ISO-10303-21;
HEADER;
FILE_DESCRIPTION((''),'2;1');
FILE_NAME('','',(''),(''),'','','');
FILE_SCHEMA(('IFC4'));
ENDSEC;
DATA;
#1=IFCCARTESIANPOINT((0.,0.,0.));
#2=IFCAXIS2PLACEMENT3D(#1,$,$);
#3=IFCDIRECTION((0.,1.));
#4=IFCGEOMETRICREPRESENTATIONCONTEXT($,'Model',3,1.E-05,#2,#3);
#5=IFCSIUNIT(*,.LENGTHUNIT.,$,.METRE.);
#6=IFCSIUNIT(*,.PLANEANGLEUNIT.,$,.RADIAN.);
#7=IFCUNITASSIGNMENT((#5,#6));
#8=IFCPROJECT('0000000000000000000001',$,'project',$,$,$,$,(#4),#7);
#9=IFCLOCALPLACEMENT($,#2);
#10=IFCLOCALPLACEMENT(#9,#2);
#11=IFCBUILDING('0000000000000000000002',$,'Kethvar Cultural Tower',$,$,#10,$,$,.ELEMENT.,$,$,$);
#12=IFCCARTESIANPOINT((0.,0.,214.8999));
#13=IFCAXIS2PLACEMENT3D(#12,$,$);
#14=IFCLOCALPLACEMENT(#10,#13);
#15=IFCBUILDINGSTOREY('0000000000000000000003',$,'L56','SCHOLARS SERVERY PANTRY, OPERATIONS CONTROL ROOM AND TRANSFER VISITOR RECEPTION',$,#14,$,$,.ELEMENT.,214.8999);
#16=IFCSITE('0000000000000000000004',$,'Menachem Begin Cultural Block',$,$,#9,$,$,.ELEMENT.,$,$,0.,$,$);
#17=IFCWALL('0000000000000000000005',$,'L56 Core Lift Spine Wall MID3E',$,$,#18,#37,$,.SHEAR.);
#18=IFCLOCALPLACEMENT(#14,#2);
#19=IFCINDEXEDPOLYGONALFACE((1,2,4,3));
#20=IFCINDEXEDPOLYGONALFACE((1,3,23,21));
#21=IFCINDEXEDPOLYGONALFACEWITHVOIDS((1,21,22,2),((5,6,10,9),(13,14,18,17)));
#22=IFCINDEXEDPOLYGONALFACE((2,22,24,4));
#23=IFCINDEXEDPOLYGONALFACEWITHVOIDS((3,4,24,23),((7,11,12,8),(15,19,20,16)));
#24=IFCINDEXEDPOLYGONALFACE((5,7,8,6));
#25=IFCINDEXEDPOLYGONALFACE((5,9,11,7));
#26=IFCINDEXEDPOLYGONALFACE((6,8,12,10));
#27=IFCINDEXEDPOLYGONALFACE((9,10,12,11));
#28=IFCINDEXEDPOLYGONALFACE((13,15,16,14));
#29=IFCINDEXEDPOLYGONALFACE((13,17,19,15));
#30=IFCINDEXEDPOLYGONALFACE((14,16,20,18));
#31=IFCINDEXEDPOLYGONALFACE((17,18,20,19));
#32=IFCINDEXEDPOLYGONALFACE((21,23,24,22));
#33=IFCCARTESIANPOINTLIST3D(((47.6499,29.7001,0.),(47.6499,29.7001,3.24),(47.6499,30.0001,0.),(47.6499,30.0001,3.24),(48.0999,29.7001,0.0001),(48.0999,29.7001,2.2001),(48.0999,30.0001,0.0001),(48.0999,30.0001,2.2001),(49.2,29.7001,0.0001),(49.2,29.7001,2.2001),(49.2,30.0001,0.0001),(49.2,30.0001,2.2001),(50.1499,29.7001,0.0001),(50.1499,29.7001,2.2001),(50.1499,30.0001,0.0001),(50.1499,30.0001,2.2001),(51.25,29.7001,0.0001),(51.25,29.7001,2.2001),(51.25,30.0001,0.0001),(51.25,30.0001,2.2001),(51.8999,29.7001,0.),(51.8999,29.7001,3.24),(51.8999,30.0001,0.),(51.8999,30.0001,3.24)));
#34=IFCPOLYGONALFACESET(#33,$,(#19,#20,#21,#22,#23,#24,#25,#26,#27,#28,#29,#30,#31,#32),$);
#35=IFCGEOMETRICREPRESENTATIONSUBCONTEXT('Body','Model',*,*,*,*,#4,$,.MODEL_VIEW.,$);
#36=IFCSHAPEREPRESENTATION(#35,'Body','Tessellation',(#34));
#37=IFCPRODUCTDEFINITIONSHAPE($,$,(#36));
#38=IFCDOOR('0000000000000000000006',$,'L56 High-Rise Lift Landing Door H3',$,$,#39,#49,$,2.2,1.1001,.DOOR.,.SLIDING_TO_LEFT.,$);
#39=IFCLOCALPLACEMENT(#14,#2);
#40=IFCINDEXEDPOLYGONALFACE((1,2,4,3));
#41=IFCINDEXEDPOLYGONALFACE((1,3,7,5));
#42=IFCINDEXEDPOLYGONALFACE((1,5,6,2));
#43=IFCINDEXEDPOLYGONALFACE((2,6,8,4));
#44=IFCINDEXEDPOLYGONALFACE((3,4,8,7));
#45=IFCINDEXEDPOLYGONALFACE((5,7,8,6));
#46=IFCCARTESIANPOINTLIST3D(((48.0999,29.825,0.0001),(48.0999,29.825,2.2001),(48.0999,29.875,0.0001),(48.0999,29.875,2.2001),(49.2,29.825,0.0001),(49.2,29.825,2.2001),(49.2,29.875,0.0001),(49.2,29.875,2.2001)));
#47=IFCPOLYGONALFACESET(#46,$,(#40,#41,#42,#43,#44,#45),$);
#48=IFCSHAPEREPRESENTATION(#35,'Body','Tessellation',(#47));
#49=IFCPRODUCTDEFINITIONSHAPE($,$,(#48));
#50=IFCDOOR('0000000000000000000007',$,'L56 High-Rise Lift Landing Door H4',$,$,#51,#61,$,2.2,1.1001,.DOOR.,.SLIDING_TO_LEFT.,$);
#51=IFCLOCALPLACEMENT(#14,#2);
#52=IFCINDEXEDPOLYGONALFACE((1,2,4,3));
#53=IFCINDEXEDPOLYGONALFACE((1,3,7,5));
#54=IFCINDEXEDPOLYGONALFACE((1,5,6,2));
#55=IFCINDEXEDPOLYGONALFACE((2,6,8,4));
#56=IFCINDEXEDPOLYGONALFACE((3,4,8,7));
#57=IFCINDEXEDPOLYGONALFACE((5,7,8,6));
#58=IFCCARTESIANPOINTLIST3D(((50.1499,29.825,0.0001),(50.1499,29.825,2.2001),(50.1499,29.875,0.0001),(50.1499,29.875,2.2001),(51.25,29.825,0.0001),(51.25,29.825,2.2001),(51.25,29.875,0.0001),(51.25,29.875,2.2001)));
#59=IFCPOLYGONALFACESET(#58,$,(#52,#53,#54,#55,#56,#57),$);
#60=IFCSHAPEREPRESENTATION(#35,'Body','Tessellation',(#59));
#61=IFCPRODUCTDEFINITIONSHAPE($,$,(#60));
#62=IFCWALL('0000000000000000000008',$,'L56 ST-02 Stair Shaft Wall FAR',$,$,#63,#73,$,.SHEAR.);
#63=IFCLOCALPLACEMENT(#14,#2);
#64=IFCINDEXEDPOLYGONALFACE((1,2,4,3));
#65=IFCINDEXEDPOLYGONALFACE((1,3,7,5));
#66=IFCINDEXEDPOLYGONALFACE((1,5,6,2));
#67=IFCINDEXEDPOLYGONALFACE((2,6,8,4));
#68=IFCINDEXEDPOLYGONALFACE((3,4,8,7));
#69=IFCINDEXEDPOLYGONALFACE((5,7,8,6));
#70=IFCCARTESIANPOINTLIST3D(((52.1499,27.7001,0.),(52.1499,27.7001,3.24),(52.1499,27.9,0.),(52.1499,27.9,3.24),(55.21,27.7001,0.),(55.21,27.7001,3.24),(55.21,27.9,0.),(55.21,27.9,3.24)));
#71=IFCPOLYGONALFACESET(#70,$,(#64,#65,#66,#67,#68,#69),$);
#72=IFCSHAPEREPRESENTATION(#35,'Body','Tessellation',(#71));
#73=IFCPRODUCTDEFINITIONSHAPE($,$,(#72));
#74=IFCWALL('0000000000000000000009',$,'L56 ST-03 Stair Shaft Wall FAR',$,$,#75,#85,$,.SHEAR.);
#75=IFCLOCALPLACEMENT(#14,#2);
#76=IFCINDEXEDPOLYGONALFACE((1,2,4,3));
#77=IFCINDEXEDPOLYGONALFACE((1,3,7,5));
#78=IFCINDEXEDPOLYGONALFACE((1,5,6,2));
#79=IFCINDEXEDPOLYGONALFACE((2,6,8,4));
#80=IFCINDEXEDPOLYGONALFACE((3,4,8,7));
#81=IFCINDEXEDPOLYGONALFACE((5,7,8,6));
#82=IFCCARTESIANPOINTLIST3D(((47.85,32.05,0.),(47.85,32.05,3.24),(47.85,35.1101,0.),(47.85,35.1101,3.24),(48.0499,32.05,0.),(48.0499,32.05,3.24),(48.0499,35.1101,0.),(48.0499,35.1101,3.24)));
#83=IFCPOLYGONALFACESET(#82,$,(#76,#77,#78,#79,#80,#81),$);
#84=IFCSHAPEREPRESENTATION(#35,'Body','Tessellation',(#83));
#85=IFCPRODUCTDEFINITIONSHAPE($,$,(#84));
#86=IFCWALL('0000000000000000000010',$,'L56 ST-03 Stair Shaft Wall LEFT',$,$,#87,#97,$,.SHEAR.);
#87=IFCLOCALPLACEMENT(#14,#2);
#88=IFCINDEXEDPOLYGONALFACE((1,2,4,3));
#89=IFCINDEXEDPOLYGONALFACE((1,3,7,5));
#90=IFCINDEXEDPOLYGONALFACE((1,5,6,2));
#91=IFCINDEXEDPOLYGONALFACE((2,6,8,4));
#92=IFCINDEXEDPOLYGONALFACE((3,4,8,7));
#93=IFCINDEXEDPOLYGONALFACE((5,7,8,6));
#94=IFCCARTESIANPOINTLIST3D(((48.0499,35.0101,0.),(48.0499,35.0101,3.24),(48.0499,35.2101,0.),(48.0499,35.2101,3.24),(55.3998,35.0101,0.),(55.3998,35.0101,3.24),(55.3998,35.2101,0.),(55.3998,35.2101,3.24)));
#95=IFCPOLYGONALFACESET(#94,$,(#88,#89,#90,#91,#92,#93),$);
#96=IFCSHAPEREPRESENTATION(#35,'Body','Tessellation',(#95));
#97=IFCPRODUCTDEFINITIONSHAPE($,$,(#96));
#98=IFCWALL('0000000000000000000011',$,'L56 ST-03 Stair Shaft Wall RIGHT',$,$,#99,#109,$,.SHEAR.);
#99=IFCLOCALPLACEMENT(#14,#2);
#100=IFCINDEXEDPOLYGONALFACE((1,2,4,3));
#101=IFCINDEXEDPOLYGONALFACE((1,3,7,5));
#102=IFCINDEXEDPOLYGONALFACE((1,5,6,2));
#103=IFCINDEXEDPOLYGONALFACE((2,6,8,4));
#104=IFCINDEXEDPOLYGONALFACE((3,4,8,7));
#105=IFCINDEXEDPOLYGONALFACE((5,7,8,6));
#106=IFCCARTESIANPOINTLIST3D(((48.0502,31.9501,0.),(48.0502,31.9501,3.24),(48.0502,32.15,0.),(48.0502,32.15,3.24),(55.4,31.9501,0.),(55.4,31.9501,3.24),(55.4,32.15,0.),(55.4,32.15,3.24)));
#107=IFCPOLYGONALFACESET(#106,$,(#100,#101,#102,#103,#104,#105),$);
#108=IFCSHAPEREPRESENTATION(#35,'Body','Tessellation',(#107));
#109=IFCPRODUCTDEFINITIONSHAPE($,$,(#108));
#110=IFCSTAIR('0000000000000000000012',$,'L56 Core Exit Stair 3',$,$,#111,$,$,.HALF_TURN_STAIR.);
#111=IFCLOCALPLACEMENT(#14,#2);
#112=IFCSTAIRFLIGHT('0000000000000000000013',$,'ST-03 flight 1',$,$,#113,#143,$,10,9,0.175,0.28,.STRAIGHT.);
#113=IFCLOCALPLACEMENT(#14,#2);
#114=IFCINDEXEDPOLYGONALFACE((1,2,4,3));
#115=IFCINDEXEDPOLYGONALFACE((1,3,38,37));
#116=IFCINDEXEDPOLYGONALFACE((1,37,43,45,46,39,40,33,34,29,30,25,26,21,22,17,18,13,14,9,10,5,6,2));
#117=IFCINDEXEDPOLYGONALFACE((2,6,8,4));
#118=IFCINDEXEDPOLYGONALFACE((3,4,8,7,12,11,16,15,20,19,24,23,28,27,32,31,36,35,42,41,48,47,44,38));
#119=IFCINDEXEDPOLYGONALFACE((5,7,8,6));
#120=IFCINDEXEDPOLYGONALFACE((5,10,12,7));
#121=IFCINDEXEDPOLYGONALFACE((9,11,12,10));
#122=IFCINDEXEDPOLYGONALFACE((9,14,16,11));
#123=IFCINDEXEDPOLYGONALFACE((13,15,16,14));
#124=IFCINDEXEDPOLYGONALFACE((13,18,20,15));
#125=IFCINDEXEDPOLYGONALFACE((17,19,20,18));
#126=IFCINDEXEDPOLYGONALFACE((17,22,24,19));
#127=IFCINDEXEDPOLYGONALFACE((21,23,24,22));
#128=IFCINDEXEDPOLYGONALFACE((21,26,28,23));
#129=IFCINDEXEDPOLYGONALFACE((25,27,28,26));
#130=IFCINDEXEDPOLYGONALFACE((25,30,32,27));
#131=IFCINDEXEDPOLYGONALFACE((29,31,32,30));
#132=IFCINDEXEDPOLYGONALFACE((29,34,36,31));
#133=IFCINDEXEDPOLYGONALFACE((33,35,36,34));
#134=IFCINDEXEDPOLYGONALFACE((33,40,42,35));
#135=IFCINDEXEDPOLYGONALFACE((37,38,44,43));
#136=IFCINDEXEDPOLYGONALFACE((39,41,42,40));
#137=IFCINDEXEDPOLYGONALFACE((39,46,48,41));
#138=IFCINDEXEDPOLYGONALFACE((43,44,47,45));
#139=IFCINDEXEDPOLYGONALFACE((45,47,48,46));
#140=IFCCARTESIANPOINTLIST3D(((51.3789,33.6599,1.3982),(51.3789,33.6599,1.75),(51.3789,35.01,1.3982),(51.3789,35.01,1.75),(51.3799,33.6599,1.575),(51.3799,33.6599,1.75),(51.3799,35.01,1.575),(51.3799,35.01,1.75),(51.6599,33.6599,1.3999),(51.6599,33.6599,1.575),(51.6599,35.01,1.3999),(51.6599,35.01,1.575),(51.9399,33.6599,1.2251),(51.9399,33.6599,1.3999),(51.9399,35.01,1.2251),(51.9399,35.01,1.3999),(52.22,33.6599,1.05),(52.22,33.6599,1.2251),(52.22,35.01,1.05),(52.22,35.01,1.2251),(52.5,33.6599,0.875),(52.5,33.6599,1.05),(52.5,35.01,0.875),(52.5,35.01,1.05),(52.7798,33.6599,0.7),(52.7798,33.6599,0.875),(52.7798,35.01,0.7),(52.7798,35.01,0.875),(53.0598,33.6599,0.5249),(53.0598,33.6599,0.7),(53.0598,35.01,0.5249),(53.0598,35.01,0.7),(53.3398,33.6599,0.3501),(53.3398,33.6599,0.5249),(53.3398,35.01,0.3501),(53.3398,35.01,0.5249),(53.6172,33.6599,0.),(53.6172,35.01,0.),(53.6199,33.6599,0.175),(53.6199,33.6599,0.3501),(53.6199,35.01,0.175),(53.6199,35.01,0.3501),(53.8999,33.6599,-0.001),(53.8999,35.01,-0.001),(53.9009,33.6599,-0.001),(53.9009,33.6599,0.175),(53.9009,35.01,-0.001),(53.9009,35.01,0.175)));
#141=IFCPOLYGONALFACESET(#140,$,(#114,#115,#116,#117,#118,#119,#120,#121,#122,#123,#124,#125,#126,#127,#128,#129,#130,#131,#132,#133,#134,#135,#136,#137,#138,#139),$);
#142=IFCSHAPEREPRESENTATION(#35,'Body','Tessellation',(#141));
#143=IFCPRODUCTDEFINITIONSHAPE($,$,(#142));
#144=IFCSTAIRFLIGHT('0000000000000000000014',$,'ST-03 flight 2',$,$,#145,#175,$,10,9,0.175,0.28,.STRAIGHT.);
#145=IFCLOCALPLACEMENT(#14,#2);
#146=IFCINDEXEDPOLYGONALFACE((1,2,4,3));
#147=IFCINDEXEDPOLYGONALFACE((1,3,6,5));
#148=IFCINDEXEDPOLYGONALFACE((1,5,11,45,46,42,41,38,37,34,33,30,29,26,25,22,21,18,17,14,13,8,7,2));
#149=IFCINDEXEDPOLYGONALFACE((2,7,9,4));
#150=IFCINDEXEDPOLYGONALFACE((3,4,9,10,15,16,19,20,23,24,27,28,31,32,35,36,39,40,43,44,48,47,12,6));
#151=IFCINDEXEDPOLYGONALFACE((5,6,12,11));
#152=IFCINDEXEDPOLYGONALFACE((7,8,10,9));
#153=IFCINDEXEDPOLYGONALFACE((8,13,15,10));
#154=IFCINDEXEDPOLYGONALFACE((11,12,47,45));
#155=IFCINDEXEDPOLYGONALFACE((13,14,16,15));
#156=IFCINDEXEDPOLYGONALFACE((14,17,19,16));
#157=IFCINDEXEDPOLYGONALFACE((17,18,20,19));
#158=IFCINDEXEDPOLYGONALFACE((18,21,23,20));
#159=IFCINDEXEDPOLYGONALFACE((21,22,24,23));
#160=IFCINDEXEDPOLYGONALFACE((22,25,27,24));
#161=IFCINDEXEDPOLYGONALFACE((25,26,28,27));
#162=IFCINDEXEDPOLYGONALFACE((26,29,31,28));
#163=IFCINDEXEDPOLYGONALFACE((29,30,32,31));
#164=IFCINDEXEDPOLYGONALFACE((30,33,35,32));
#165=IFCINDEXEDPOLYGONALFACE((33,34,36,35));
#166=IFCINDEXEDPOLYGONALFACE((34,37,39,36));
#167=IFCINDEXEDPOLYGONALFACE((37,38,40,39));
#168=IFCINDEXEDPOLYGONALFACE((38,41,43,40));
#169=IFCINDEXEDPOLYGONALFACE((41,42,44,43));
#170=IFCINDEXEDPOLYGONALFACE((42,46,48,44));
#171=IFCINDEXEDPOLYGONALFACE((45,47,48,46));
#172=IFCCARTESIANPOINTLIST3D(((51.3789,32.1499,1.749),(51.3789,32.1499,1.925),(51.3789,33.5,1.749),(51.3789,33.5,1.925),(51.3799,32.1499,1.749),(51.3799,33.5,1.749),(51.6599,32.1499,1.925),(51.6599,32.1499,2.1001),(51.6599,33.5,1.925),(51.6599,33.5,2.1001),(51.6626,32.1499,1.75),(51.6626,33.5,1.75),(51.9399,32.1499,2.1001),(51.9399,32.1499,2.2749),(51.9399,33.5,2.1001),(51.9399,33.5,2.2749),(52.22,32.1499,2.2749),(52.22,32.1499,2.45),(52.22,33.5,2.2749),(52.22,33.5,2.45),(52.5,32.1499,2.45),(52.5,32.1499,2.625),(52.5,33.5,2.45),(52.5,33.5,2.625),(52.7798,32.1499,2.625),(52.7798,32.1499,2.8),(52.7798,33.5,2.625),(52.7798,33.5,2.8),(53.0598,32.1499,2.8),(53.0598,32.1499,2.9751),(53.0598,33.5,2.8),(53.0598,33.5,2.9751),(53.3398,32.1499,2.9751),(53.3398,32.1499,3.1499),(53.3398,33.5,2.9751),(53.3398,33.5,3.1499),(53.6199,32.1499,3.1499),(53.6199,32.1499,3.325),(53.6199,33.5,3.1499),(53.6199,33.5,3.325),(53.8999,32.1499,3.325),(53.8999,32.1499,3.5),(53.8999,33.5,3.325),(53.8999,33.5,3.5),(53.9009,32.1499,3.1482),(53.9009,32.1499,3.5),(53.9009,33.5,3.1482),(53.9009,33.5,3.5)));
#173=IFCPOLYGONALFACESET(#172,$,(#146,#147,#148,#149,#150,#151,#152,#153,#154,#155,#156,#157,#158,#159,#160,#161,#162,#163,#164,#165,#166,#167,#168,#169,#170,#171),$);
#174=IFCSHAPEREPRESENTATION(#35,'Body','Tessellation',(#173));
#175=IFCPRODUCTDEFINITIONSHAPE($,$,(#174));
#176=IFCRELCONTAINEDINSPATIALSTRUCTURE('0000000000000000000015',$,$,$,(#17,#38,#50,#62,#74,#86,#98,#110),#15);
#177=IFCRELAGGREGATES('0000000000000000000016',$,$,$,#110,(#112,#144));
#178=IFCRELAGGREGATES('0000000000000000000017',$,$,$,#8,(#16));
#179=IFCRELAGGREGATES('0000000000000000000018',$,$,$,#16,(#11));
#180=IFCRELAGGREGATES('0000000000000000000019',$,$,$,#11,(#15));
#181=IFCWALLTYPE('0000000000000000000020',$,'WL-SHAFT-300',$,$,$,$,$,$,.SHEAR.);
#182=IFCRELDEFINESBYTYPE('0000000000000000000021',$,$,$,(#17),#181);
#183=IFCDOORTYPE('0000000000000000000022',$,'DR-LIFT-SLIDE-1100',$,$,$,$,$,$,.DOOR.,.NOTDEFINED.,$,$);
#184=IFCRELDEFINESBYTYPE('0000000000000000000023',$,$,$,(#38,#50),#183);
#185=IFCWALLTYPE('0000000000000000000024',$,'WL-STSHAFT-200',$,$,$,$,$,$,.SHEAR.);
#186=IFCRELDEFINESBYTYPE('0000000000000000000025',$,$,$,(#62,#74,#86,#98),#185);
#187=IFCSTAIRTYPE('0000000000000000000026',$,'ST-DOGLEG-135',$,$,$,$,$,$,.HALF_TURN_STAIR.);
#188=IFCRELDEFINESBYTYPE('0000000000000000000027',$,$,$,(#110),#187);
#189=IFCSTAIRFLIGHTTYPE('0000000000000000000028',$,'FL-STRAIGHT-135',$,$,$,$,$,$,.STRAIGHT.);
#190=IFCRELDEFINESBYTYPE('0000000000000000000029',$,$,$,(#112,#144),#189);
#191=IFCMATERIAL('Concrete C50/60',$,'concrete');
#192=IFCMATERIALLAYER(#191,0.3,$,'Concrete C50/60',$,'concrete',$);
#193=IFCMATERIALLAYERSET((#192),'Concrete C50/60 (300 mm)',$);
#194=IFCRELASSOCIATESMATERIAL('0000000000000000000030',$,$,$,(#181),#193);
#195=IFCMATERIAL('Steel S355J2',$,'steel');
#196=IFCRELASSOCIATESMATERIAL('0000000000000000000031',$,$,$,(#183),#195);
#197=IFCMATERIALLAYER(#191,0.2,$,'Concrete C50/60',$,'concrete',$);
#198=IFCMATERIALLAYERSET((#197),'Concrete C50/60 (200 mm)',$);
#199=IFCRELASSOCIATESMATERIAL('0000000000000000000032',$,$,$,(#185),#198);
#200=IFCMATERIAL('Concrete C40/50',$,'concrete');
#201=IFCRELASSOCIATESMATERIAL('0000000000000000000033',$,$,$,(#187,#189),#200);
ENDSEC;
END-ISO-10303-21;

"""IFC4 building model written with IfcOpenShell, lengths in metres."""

from ifc_helpers import new_model, si_unit, direction, frame, frame_2d, origin, place, context, subcontext, project, spatial, polyline, rectangle, outline, extrude, source, transform, mapped, material, layer, layer_set, type_object, element, fill, aggregate, save


model = new_model("IFC4")

# Units and contexts
model_context = context("Model", 3, precision=1e-05, world=origin(), true_north=direction((0.0, 1.0)))
body_context = subcontext(model_context, "Body", "Model", "MODEL_VIEW")
ifc_project = project(units=[si_unit("LENGTHUNIT", "METRE"), si_unit("PLANEANGLEUNIT", "RADIAN")], contexts=[model_context])

# Site, building, storey
site_placement = place(None, origin())
site = spatial("IfcSite", under=ifc_project, at=site_placement, Name="Menachem Begin Cultural Block", CompositionType="ELEMENT", RefElevation=0.0)
building_placement = place(site_placement, origin())
building = spatial("IfcBuilding", under=site, at=building_placement, Name="Kethvar Cultural Tower", CompositionType="ELEMENT")
storey_placement = place(building_placement, frame((0.0, 0.0, 214.8999)))
storey = spatial("IfcBuildingStorey", under=building, at=storey_placement, Name="L56", Description="SCHOLARS SERVERY PANTRY, OPERATIONS CONTROL ROOM AND TRANSFER VISITOR RECEPTION", CompositionType="ELEMENT", Elevation=214.8999)

# Shared definitions
ifc_material_1 = material(Name="Steel S355J2", Category="steel")

# Shared definitions
ifc_material_2 = material(Name="Concrete C40/50", Category="concrete")

# Wall, openings, doors
ifc_material_3 = material(Name="Concrete C50/60", Category="concrete")
ifc_layer_1 = layer(ifc_material_3, 0.3, Name="Concrete C50/60", Category="concrete")
ifc_layer_set_1 = layer_set([ifc_layer_1], Name="Concrete C50/60 (300 mm)")
wall_type_1 = type_object("IfcWallType", Name="WL-SHAFT-300", PredefinedType="SHEAR", material=ifc_layer_set_1)
wall_1_placement = place(storey_placement, frame((47.6499, 29.8501, 0.0), z_axis=(0.0, 0.0, 1.0), x_axis=(1.0, 0.0, 0.0)))
wall_1 = element("IfcWall", 1, at=wall_1_placement, inside=storey, type_object=wall_type_1, Name="L56 Core Lift Spine Wall MID3E", PredefinedType="SHEAR", context=body_context, shape_type="SweptSolid", body=[
    extrude(rectangle(XDim=4.25, YDim=0.3, at=frame_2d((2.125, 0.0))), origin(), (0.0, 0.0, 1.0), 3.24),
])
opening_1_placement = place(wall_1_placement, frame((0.45, 0.0, 0.0)))
opening_1 = element("IfcOpeningElement", 2, at=opening_1_placement, cuts=wall_1, PredefinedType="OPENING", context=body_context, shape_type="SweptSolid", body=[
    extrude(rectangle(XDim=1.1001, YDim=2.2, at=frame_2d((0.55, 1.1001))), frame((0.0, 0.1599, 0.0), z_axis=(0.0, -1.0, 0.0), x_axis=(1.0, 0.0, 0.0)), (0.0, 0.0, 1.0), 0.3201),
])
opening_2_placement = place(wall_1_placement, frame((2.5, 0.0, 0.0)))
opening_2 = element("IfcOpeningElement", 3, at=opening_2_placement, cuts=wall_1, PredefinedType="OPENING", context=body_context, shape_type="SweptSolid", body=[
    extrude(rectangle(XDim=1.1001, YDim=2.2, at=frame_2d((0.55, 1.1001))), frame((0.0, 0.1599, 0.0), z_axis=(0.0, -1.0, 0.0), x_axis=(1.0, 0.0, 0.0)), (0.0, 0.0, 1.0), 0.3201),
])
door_type = type_object("IfcDoorType", Name="DR-LIFT-SLIDE-1100", OperationType="NOTDEFINED", PredefinedType="DOOR", material=ifc_material_1)
shared_shape_1 = source(origin(), body_context, "Body", "SweptSolid", [
    extrude(rectangle(XDim=1.1001, YDim=2.2, at=frame_2d((0.55, 1.1001))), frame((0.0, 0.0249, 0.0), z_axis=(0.0, -1.0, 0.0), x_axis=(1.0, 0.0, 0.0)), (0.0, 0.0, 1.0), 0.05),
])
door_1_placement = place(opening_1_placement, origin())
door_1 = element("IfcDoor", 4, at=door_1_placement, inside=storey, type_object=door_type, Name="L56 High-Rise Lift Landing Door H3", OperationType="SLIDING_TO_LEFT", OverallHeight=2.2, OverallWidth=1.1001, PredefinedType="DOOR", context=body_context, shape_type="MappedRepresentation", body=[
    mapped(shared_shape_1, transform((0.0, 0.0, 0.0), scale=1.0)),
])
fill(opening_1, door_1)
door_2_placement = place(opening_2_placement, origin())
door_2 = element("IfcDoor", 5, at=door_2_placement, inside=storey, type_object=door_type, Name="L56 High-Rise Lift Landing Door H4", OperationType="SLIDING_TO_LEFT", OverallHeight=2.2, OverallWidth=1.1001, PredefinedType="DOOR", context=body_context, shape_type="MappedRepresentation", body=[
    mapped(shared_shape_1, transform((0.0, 0.0, 0.0), scale=1.0)),
])
fill(opening_2, door_2)

# Walls
ifc_layer_2 = layer(ifc_material_3, 0.2, Name="Concrete C50/60", Category="concrete")
ifc_layer_set_2 = layer_set([ifc_layer_2], Name="Concrete C50/60 (200 mm)")
wall_type_2 = type_object("IfcWallType", Name="WL-STSHAFT-200", PredefinedType="SHEAR", material=ifc_layer_set_2)
for number, where, z_axis, x_axis, name in (
    (6, (52.1499, 27.8, 0.0), (0.0, 0.0, 1.0), (1.0, 0.0, 0.0), "L56 ST-02 Stair Shaft Wall FAR"),
    (7, (47.95, 32.05, 0.0), (0.0, 0.0, 1.0), (0.0, 1.0, 0.0), "L56 ST-03 Stair Shaft Wall FAR"),
):
    element("IfcWall", number, at=place(storey_placement, frame(where, z_axis=z_axis, x_axis=x_axis)), inside=storey, type_object=wall_type_2, Name=name, PredefinedType="SHEAR", context=body_context, shape_type="SweptSolid", body=[
        extrude(rectangle(XDim=3.0601, YDim=0.2, at=frame_2d((1.53, 0.0))), origin(), (0.0, 0.0, 1.0), 3.24),
    ])
for number, where, z_axis, x_axis, name in (
    (8, (48.05, 35.1101, 0.0), (0.0, 0.0, 1.0), (1.0, 0.0, 0.0), "L56 ST-03 Stair Shaft Wall LEFT"),
    (9, (55.3999, 32.05, 0.0), (0.0, 0.0, 1.0), (-1.0, 0.0, 0.0), "L56 ST-03 Stair Shaft Wall RIGHT"),
):
    element("IfcWall", number, at=place(storey_placement, frame(where, z_axis=z_axis, x_axis=x_axis)), inside=storey, type_object=wall_type_2, Name=name, PredefinedType="SHEAR", context=body_context, shape_type="SweptSolid", body=[
        extrude(rectangle(XDim=7.3499, YDim=0.2, at=frame_2d((3.6748, 0.0))), origin(), (0.0, 0.0, 1.0), 3.24),
    ])

# Stair, stair flights
stair_type = type_object("IfcStairType", Name="ST-DOGLEG-135", PredefinedType="HALF_TURN_STAIR", material=ifc_material_2)
stair_placement = place(storey_placement, origin())
stair = element("IfcStair", 10, at=stair_placement, inside=storey, type_object=stair_type, Name="L56 Core Exit Stair 3", PredefinedType="HALF_TURN_STAIR")
stair_flight_type = type_object("IfcStairFlightType", Name="FL-STRAIGHT-135", PredefinedType="STRAIGHT", material=ifc_material_2)
stair_flight_1_placement = place(storey_placement, frame((53.8999, 34.335, 0.0), z_axis=(0.0, 0.0, 1.0), x_axis=(-1.0, 0.0, 0.0)))
stair_flight_1 = element("IfcStairFlight", 11, at=stair_flight_1_placement, type_object=stair_flight_type, Name="ST-03 flight 1", NumberOfRisers=10, NumberOfTreads=9, PredefinedType="STRAIGHT", RiserHeight=0.175, TreadLength=0.28, context=body_context, shape_type="SweptSolid", body=[
    extrude(outline(polyline([(-0.001, -0.001), (-0.001, 0.175), (0.28, 0.175), (0.28, 0.3501), (0.5601, 0.3501), (0.5601, 0.5249), (0.8401, 0.5249), (0.8401, 0.7), (1.1201, 0.7), (1.1201, 0.875), (1.3999, 0.875), (1.3999, 1.05), (1.6799, 1.05), (1.6799, 1.2251), (1.96, 1.2251), (1.96, 1.3999), (2.24, 1.3999), (2.24, 1.575), (2.52, 1.575), (2.52, 1.75), (2.521, 1.75), (2.521, 1.3982), (0.2827, 0.0), (0.0, -0.001), (-0.001, -0.001)])), frame((0.0, 0.675, 0.0), z_axis=(0.0, -1.0, 0.0), x_axis=(1.0, 0.0, 0.0)), (0.0, 0.0, 1.0), 1.3501),
])
stair_flight_2_placement = place(storey_placement, frame((51.3799, 32.825, 1.75), z_axis=(0.0, 0.0, 1.0), x_axis=(1.0, 0.0, 0.0)))
stair_flight_2 = element("IfcStairFlight", 12, at=stair_flight_2_placement, type_object=stair_flight_type, Name="ST-03 flight 2", NumberOfRisers=10, NumberOfTreads=9, PredefinedType="STRAIGHT", RiserHeight=0.175, TreadLength=0.28, context=body_context, shape_type="SweptSolid", body=[
    extrude(outline(polyline([(-0.001, -0.001), (-0.001, 0.175), (0.28, 0.175), (0.28, 0.3501), (0.5601, 0.3501), (0.5601, 0.5249), (0.8401, 0.5249), (0.8401, 0.7), (1.1201, 0.7), (1.1201, 0.875), (1.3999, 0.875), (1.3999, 1.05), (1.6799, 1.05), (1.6799, 1.2251), (1.96, 1.2251), (1.96, 1.3999), (2.24, 1.3999), (2.24, 1.575), (2.52, 1.575), (2.52, 1.75), (2.521, 1.75), (2.521, 1.3982), (0.2827, 0.0), (0.0, -0.001), (-0.001, -0.001)])), frame((0.0, 0.675, 0.0), z_axis=(0.0, -1.0, 0.0), x_axis=(1.0, 0.0, 0.0)), (0.0, 0.0, 1.0), 1.3501),
])
aggregate(stair, [stair_flight_1, stair_flight_2])

save(model, "model.ifc")
